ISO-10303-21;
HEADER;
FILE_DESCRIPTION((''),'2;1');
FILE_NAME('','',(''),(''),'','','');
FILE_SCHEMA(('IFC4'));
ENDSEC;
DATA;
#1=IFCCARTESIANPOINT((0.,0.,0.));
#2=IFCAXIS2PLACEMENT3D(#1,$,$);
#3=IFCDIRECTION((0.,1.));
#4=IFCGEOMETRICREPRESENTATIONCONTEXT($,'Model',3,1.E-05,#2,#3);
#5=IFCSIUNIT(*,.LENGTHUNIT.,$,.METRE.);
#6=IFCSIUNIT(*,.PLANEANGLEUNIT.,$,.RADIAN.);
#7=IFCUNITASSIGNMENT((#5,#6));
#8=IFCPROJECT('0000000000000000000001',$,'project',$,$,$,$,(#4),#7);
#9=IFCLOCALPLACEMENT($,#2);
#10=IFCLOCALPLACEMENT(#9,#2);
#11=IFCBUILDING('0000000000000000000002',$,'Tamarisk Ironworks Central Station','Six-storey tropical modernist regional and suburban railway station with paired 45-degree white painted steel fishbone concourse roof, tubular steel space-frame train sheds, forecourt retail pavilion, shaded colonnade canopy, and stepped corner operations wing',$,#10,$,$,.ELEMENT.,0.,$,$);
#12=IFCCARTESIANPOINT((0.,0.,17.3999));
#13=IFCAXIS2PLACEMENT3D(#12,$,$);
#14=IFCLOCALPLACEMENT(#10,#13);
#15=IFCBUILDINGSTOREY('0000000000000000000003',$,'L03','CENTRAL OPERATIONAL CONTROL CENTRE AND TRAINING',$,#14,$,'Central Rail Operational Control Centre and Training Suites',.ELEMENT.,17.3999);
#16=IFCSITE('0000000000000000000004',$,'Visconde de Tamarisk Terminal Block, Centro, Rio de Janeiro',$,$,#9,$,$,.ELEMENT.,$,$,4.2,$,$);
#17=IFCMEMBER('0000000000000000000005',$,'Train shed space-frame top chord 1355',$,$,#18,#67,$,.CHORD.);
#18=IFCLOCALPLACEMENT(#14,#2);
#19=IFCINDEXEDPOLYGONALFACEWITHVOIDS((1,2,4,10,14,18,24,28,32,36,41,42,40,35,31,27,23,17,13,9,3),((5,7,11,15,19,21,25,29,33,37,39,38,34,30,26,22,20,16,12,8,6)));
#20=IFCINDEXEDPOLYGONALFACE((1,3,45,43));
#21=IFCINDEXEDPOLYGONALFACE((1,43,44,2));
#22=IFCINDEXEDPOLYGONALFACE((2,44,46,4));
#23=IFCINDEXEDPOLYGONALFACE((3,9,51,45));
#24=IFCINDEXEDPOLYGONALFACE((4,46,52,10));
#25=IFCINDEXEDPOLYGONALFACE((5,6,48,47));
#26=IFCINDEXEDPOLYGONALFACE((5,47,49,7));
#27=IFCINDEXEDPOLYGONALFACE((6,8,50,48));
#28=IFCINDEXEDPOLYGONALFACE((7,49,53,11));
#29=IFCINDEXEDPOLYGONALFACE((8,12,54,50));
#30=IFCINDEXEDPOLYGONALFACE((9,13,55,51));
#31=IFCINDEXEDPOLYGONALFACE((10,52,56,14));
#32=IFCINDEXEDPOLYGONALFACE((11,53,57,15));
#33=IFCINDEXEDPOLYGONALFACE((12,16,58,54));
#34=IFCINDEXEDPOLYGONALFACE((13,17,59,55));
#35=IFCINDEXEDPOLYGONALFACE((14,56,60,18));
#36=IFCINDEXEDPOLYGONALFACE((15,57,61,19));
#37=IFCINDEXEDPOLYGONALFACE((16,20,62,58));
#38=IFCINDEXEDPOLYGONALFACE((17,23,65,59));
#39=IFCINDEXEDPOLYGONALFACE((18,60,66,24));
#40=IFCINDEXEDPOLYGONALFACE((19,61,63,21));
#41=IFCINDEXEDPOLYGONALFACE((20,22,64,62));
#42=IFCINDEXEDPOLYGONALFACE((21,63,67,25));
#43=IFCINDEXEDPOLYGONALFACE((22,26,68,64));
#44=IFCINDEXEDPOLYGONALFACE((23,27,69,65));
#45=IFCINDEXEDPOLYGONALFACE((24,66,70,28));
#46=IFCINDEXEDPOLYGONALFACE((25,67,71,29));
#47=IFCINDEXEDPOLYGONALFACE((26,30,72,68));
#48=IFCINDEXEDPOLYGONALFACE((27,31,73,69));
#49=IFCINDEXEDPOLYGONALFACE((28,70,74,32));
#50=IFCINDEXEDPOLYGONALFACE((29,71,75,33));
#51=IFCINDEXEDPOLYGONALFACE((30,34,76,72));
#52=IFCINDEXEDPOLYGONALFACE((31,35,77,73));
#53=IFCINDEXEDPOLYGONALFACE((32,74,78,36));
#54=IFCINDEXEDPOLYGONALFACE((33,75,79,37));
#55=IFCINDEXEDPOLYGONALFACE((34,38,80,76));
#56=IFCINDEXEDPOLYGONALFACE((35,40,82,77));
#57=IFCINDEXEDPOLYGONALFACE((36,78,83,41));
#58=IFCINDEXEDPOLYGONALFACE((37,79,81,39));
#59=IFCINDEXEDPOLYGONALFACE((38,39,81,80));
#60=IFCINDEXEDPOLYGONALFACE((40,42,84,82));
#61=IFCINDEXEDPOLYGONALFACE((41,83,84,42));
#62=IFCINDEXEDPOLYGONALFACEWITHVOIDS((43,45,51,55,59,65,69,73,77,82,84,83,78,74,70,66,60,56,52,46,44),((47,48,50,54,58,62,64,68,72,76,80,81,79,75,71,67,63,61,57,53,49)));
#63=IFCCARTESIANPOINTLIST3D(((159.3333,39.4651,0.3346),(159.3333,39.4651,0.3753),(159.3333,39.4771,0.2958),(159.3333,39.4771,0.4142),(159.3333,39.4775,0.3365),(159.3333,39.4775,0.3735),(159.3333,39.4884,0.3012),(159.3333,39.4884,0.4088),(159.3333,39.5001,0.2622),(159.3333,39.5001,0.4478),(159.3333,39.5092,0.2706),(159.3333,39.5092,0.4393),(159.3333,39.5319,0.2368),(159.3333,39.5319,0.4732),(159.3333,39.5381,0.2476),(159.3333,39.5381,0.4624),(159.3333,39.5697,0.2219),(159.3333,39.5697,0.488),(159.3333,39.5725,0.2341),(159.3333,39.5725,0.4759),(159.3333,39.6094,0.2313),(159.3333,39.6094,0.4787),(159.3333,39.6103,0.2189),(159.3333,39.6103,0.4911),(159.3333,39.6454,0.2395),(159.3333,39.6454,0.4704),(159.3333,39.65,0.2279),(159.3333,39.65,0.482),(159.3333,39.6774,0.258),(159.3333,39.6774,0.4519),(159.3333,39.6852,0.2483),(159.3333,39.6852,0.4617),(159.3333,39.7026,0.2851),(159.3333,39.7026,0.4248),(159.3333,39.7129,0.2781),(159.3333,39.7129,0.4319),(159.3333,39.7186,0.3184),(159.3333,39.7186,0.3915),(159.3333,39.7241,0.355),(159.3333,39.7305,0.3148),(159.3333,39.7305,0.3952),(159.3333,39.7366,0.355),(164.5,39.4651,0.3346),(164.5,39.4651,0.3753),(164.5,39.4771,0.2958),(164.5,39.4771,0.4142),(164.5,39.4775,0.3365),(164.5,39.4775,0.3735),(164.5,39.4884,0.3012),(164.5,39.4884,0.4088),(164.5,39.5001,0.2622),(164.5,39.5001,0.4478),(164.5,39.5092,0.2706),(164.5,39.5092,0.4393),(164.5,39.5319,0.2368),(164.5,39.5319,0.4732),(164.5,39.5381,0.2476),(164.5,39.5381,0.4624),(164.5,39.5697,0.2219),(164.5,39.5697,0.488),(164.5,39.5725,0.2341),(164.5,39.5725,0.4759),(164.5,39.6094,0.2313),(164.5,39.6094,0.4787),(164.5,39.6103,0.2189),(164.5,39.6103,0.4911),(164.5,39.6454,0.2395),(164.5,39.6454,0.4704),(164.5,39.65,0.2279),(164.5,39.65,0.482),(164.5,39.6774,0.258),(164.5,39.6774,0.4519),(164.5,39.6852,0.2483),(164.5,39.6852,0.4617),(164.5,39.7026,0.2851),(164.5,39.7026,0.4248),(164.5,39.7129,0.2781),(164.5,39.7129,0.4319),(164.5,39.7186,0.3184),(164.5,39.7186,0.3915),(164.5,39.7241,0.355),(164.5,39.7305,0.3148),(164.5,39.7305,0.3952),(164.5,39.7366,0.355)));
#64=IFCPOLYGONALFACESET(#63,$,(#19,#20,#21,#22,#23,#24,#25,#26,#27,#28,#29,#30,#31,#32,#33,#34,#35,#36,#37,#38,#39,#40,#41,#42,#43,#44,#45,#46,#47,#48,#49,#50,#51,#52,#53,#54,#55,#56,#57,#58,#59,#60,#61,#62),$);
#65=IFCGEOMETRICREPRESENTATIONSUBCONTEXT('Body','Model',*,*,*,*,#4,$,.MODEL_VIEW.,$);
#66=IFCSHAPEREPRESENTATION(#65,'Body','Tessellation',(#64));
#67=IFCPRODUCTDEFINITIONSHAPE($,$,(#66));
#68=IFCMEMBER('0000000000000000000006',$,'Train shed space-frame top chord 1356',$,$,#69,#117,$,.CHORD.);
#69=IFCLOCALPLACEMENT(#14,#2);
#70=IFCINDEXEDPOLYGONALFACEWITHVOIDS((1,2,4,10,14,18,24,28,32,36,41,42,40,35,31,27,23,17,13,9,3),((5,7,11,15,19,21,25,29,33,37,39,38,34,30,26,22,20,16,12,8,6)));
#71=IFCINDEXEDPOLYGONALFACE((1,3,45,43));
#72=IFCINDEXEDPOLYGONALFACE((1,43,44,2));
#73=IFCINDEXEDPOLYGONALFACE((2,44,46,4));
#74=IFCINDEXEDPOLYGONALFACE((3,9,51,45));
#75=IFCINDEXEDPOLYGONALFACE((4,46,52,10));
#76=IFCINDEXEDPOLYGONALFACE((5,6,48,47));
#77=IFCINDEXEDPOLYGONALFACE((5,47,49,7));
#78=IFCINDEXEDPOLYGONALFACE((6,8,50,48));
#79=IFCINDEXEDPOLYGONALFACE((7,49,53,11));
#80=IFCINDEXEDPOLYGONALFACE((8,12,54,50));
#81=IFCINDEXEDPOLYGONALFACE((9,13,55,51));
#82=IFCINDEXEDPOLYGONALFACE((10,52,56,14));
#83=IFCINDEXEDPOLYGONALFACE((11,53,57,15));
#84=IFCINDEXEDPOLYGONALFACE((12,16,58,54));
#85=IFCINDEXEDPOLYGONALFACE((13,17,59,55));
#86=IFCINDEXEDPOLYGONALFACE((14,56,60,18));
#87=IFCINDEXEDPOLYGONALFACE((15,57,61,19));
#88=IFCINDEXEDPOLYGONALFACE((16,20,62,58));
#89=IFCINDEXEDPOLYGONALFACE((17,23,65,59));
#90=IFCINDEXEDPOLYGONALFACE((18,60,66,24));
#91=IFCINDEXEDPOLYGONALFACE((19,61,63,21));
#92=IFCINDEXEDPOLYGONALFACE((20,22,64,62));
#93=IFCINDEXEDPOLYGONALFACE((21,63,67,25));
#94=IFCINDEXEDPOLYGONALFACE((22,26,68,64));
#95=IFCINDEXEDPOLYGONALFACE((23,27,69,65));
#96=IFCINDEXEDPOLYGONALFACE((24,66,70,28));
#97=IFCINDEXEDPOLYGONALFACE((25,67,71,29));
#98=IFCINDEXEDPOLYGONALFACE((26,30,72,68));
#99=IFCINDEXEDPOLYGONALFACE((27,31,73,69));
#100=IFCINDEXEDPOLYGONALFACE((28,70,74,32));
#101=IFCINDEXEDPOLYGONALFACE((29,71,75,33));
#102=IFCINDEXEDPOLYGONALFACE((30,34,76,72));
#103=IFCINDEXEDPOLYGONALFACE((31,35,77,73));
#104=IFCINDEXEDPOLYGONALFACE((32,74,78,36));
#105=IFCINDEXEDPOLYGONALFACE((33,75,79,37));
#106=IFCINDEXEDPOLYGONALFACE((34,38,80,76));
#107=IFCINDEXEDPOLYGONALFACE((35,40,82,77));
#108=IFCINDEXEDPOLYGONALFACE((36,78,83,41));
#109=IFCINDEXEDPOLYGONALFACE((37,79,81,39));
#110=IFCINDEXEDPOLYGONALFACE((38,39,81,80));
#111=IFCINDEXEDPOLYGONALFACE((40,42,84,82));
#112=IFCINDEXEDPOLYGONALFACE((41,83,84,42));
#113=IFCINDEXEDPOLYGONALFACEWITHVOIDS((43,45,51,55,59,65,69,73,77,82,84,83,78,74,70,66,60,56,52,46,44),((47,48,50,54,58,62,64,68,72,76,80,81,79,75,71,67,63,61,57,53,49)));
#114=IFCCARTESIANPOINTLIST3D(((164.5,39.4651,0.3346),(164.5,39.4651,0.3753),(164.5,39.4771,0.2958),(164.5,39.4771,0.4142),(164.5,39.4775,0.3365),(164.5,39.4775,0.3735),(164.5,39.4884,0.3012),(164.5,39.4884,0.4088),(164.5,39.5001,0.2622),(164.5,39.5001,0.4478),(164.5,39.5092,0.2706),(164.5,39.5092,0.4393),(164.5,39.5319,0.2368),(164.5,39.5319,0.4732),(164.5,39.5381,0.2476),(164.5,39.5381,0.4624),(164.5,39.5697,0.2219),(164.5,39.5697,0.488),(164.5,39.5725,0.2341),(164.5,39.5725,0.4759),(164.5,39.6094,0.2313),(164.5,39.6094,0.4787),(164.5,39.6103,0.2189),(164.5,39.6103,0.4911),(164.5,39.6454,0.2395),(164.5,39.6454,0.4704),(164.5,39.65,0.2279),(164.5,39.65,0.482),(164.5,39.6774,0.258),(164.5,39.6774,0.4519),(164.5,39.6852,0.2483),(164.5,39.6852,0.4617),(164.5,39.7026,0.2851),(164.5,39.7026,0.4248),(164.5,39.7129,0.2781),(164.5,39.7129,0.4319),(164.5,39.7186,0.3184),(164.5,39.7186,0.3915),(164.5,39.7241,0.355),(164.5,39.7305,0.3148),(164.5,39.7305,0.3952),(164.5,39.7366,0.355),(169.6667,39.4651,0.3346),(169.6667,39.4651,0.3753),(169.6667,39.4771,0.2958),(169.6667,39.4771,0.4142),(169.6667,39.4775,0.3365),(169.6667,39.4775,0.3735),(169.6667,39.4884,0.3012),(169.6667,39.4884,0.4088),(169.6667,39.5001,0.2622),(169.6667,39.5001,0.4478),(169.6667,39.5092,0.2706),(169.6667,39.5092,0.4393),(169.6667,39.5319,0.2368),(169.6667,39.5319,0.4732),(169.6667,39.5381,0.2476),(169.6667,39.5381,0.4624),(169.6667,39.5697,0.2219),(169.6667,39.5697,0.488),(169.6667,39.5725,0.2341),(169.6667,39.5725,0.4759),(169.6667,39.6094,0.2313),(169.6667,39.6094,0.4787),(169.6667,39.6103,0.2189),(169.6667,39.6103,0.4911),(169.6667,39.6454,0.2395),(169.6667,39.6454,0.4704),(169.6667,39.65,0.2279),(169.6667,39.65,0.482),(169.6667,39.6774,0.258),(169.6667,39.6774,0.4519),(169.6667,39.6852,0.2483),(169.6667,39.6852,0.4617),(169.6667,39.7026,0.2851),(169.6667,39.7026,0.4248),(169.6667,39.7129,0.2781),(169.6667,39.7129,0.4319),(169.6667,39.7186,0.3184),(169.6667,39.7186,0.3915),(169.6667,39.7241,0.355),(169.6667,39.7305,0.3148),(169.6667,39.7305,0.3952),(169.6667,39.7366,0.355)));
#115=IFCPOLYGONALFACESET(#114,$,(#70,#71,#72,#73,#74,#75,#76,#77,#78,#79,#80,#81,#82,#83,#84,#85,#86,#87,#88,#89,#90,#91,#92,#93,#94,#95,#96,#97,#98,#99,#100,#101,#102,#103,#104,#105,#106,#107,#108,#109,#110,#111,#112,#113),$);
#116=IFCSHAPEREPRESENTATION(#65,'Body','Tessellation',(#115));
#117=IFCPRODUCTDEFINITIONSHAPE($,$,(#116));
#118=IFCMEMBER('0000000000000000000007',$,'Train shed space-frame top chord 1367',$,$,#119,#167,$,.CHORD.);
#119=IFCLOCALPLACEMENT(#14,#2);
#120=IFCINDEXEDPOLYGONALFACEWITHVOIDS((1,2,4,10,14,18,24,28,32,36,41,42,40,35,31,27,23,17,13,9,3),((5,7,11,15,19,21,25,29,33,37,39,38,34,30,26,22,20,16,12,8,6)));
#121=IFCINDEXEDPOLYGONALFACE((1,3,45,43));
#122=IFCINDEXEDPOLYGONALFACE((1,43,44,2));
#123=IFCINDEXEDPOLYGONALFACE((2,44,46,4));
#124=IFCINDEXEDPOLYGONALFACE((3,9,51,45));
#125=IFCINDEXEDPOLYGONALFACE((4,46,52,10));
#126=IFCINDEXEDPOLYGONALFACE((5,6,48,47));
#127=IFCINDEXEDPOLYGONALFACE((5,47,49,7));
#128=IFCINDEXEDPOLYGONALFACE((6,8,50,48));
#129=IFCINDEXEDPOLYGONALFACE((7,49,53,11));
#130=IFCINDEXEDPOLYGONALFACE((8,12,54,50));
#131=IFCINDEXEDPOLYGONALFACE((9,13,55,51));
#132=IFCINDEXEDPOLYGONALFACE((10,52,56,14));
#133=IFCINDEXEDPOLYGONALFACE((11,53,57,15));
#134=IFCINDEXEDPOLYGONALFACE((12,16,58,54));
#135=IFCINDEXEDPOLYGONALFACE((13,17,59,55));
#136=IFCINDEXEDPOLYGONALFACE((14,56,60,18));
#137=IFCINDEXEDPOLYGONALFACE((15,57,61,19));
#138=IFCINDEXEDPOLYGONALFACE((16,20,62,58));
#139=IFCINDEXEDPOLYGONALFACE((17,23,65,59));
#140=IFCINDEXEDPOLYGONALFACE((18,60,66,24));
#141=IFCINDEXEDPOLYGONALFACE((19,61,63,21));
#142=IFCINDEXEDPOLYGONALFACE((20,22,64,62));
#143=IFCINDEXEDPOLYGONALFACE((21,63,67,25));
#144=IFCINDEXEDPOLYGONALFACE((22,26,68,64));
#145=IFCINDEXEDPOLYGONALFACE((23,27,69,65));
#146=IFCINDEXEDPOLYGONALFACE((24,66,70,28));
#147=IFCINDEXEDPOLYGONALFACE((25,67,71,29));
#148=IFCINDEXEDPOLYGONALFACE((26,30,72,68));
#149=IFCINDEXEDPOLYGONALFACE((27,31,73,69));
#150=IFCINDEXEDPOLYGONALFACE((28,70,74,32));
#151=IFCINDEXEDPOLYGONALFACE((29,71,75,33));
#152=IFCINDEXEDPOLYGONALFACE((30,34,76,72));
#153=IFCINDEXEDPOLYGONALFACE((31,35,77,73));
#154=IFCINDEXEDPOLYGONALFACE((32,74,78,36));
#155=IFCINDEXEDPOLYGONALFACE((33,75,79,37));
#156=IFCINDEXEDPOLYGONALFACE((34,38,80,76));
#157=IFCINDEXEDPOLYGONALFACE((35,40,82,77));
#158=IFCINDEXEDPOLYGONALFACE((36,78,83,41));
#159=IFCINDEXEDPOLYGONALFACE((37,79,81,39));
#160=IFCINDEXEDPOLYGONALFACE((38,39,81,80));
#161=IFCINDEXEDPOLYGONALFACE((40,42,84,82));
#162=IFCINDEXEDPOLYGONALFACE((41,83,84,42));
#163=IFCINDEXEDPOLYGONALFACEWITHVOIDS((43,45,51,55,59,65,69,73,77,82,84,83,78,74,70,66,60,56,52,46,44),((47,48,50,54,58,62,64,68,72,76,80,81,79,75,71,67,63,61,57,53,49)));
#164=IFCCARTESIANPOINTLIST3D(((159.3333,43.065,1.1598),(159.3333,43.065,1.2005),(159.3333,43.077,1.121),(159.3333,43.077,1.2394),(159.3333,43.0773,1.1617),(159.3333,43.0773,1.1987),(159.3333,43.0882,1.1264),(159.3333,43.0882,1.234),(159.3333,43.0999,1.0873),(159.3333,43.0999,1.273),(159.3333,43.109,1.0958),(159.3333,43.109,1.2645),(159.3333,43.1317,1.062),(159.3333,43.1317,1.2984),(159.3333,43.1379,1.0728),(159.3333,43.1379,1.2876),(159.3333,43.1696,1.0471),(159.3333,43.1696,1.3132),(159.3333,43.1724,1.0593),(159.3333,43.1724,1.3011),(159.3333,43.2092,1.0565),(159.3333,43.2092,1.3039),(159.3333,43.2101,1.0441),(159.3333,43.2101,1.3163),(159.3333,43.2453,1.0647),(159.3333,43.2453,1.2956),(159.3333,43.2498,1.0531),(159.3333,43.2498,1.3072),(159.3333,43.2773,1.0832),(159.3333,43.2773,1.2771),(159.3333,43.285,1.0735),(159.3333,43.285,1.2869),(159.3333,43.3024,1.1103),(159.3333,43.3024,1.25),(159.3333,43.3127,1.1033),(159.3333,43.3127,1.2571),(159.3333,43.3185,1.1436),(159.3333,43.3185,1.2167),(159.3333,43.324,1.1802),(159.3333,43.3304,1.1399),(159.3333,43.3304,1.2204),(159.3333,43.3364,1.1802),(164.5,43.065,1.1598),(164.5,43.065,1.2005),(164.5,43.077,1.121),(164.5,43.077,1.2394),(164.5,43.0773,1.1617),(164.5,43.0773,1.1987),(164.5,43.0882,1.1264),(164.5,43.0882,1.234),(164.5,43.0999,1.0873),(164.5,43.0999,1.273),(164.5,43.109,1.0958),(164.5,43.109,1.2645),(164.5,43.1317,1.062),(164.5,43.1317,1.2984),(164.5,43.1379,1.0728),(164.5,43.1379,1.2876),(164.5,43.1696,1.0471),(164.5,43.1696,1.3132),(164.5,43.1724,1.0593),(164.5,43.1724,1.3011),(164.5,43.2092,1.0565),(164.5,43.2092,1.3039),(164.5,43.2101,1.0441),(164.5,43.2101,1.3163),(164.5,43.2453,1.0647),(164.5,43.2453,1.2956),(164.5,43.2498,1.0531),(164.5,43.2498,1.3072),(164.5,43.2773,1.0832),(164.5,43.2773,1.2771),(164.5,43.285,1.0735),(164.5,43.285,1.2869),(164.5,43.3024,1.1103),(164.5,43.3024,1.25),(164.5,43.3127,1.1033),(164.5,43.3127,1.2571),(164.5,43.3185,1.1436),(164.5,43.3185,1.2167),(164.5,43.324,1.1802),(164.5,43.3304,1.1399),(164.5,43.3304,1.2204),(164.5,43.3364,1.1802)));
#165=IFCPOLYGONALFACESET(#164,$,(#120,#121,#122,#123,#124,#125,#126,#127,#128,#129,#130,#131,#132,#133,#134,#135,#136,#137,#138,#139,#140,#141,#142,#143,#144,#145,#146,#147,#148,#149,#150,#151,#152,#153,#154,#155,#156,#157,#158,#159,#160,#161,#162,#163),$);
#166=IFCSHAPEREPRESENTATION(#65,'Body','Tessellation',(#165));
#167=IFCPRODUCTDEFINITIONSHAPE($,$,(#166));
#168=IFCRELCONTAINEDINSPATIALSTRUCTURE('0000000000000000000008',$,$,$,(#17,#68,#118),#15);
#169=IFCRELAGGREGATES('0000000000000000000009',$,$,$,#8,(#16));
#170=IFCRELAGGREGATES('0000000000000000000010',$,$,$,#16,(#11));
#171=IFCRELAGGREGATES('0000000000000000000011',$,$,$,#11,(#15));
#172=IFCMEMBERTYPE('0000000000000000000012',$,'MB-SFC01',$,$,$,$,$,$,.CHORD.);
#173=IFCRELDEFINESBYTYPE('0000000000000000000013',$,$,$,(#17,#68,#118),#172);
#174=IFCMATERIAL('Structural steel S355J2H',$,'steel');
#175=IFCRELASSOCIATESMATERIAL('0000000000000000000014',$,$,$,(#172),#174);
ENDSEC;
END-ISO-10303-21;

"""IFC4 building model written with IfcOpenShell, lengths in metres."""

from ifc_helpers import new_model, si_unit, direction, frame, origin, origin_2d, place, context, subcontext, project, spatial, hollow_circle, extrude, material, material_profile, profile_set, type_object, element, save


model = new_model("IFC4")

# Units and contexts
model_context = context("Model", 3, precision=1e-05, world=origin(), true_north=direction((0.0, 1.0)))
body_context = subcontext(model_context, "Body", "Model", "MODEL_VIEW")
ifc_project = project(units=[si_unit("LENGTHUNIT", "METRE"), si_unit("PLANEANGLEUNIT", "RADIAN")], contexts=[model_context])

# Site, building, storey
site_placement = place(None, origin())
site = spatial("IfcSite", under=ifc_project, at=site_placement, Name="Visconde de Tamarisk Terminal Block, Centro, Rio de Janeiro", CompositionType="ELEMENT", RefElevation=4.2)
building_placement = place(site_placement, origin())
building = spatial("IfcBuilding", under=site, at=building_placement, Name="Tamarisk Ironworks Central Station", Description="Six-storey tropical modernist regional and suburban railway station with paired 45-degree white painted steel fishbone concourse roof, tubular steel space-frame train sheds, forecourt retail pavilion, shaded colonnade canopy, and stepped corner operations wing", CompositionType="ELEMENT", ElevationOfRefHeight=0.0)
storey_placement = place(building_placement, frame((0.0, 0.0, 17.3999)))
storey = spatial("IfcBuildingStorey", under=building, at=storey_placement, Name="L03", Description="CENTRAL OPERATIONAL CONTROL CENTRE AND TRAINING", LongName="Central Rail Operational Control Centre and Training Suites", CompositionType="ELEMENT", Elevation=17.3999)

# Members
ifc_material = material(Name="Structural steel S355J2H", Category="steel")
ifc_material_profile_1 = material_profile(ifc_material, hollow_circle(Radius=0.1365, WallThickness=0.0125, at=origin_2d()), Name="CHS 273x12.5")
ifc_profile_set_1 = profile_set([ifc_material_profile_1], Name="Structural steel S355J2H")
member_type_1 = type_object("IfcMemberType", Name="MB-SFC01", PredefinedType="CHORD", material=ifc_profile_set_1)
for number, where, z_axis, x_axis, name in (
    (1, (159.3333, 39.6001, 0.355), (1.0, 0.0, 0.0), (0.0, 1.0, 0.0), "Train shed space-frame top chord 1355"),
    (2, (164.5, 39.6001, 0.355), (1.0, 0.0, 0.0), (0.0, 1.0, 0.0), "Train shed space-frame top chord 1356"),
    (3, (159.3333, 43.2, 1.1802), (1.0, 0.0, 0.0), (0.0, 1.0, 0.0), "Train shed space-frame top chord 1367"),
):
    element("IfcMember", number, at=place(storey_placement, frame(where, z_axis=z_axis, x_axis=x_axis)), inside=storey, type_object=member_type_1, Name=name, PredefinedType="CHORD", context=body_context, shape_type="SweptSolid", body=[
        extrude(hollow_circle(Radius=0.1365, WallThickness=0.0125, at=origin_2d()), origin(), (0.0, 0.0, 1.0), 5.1667),
    ])

save(model, "model.ifc")
